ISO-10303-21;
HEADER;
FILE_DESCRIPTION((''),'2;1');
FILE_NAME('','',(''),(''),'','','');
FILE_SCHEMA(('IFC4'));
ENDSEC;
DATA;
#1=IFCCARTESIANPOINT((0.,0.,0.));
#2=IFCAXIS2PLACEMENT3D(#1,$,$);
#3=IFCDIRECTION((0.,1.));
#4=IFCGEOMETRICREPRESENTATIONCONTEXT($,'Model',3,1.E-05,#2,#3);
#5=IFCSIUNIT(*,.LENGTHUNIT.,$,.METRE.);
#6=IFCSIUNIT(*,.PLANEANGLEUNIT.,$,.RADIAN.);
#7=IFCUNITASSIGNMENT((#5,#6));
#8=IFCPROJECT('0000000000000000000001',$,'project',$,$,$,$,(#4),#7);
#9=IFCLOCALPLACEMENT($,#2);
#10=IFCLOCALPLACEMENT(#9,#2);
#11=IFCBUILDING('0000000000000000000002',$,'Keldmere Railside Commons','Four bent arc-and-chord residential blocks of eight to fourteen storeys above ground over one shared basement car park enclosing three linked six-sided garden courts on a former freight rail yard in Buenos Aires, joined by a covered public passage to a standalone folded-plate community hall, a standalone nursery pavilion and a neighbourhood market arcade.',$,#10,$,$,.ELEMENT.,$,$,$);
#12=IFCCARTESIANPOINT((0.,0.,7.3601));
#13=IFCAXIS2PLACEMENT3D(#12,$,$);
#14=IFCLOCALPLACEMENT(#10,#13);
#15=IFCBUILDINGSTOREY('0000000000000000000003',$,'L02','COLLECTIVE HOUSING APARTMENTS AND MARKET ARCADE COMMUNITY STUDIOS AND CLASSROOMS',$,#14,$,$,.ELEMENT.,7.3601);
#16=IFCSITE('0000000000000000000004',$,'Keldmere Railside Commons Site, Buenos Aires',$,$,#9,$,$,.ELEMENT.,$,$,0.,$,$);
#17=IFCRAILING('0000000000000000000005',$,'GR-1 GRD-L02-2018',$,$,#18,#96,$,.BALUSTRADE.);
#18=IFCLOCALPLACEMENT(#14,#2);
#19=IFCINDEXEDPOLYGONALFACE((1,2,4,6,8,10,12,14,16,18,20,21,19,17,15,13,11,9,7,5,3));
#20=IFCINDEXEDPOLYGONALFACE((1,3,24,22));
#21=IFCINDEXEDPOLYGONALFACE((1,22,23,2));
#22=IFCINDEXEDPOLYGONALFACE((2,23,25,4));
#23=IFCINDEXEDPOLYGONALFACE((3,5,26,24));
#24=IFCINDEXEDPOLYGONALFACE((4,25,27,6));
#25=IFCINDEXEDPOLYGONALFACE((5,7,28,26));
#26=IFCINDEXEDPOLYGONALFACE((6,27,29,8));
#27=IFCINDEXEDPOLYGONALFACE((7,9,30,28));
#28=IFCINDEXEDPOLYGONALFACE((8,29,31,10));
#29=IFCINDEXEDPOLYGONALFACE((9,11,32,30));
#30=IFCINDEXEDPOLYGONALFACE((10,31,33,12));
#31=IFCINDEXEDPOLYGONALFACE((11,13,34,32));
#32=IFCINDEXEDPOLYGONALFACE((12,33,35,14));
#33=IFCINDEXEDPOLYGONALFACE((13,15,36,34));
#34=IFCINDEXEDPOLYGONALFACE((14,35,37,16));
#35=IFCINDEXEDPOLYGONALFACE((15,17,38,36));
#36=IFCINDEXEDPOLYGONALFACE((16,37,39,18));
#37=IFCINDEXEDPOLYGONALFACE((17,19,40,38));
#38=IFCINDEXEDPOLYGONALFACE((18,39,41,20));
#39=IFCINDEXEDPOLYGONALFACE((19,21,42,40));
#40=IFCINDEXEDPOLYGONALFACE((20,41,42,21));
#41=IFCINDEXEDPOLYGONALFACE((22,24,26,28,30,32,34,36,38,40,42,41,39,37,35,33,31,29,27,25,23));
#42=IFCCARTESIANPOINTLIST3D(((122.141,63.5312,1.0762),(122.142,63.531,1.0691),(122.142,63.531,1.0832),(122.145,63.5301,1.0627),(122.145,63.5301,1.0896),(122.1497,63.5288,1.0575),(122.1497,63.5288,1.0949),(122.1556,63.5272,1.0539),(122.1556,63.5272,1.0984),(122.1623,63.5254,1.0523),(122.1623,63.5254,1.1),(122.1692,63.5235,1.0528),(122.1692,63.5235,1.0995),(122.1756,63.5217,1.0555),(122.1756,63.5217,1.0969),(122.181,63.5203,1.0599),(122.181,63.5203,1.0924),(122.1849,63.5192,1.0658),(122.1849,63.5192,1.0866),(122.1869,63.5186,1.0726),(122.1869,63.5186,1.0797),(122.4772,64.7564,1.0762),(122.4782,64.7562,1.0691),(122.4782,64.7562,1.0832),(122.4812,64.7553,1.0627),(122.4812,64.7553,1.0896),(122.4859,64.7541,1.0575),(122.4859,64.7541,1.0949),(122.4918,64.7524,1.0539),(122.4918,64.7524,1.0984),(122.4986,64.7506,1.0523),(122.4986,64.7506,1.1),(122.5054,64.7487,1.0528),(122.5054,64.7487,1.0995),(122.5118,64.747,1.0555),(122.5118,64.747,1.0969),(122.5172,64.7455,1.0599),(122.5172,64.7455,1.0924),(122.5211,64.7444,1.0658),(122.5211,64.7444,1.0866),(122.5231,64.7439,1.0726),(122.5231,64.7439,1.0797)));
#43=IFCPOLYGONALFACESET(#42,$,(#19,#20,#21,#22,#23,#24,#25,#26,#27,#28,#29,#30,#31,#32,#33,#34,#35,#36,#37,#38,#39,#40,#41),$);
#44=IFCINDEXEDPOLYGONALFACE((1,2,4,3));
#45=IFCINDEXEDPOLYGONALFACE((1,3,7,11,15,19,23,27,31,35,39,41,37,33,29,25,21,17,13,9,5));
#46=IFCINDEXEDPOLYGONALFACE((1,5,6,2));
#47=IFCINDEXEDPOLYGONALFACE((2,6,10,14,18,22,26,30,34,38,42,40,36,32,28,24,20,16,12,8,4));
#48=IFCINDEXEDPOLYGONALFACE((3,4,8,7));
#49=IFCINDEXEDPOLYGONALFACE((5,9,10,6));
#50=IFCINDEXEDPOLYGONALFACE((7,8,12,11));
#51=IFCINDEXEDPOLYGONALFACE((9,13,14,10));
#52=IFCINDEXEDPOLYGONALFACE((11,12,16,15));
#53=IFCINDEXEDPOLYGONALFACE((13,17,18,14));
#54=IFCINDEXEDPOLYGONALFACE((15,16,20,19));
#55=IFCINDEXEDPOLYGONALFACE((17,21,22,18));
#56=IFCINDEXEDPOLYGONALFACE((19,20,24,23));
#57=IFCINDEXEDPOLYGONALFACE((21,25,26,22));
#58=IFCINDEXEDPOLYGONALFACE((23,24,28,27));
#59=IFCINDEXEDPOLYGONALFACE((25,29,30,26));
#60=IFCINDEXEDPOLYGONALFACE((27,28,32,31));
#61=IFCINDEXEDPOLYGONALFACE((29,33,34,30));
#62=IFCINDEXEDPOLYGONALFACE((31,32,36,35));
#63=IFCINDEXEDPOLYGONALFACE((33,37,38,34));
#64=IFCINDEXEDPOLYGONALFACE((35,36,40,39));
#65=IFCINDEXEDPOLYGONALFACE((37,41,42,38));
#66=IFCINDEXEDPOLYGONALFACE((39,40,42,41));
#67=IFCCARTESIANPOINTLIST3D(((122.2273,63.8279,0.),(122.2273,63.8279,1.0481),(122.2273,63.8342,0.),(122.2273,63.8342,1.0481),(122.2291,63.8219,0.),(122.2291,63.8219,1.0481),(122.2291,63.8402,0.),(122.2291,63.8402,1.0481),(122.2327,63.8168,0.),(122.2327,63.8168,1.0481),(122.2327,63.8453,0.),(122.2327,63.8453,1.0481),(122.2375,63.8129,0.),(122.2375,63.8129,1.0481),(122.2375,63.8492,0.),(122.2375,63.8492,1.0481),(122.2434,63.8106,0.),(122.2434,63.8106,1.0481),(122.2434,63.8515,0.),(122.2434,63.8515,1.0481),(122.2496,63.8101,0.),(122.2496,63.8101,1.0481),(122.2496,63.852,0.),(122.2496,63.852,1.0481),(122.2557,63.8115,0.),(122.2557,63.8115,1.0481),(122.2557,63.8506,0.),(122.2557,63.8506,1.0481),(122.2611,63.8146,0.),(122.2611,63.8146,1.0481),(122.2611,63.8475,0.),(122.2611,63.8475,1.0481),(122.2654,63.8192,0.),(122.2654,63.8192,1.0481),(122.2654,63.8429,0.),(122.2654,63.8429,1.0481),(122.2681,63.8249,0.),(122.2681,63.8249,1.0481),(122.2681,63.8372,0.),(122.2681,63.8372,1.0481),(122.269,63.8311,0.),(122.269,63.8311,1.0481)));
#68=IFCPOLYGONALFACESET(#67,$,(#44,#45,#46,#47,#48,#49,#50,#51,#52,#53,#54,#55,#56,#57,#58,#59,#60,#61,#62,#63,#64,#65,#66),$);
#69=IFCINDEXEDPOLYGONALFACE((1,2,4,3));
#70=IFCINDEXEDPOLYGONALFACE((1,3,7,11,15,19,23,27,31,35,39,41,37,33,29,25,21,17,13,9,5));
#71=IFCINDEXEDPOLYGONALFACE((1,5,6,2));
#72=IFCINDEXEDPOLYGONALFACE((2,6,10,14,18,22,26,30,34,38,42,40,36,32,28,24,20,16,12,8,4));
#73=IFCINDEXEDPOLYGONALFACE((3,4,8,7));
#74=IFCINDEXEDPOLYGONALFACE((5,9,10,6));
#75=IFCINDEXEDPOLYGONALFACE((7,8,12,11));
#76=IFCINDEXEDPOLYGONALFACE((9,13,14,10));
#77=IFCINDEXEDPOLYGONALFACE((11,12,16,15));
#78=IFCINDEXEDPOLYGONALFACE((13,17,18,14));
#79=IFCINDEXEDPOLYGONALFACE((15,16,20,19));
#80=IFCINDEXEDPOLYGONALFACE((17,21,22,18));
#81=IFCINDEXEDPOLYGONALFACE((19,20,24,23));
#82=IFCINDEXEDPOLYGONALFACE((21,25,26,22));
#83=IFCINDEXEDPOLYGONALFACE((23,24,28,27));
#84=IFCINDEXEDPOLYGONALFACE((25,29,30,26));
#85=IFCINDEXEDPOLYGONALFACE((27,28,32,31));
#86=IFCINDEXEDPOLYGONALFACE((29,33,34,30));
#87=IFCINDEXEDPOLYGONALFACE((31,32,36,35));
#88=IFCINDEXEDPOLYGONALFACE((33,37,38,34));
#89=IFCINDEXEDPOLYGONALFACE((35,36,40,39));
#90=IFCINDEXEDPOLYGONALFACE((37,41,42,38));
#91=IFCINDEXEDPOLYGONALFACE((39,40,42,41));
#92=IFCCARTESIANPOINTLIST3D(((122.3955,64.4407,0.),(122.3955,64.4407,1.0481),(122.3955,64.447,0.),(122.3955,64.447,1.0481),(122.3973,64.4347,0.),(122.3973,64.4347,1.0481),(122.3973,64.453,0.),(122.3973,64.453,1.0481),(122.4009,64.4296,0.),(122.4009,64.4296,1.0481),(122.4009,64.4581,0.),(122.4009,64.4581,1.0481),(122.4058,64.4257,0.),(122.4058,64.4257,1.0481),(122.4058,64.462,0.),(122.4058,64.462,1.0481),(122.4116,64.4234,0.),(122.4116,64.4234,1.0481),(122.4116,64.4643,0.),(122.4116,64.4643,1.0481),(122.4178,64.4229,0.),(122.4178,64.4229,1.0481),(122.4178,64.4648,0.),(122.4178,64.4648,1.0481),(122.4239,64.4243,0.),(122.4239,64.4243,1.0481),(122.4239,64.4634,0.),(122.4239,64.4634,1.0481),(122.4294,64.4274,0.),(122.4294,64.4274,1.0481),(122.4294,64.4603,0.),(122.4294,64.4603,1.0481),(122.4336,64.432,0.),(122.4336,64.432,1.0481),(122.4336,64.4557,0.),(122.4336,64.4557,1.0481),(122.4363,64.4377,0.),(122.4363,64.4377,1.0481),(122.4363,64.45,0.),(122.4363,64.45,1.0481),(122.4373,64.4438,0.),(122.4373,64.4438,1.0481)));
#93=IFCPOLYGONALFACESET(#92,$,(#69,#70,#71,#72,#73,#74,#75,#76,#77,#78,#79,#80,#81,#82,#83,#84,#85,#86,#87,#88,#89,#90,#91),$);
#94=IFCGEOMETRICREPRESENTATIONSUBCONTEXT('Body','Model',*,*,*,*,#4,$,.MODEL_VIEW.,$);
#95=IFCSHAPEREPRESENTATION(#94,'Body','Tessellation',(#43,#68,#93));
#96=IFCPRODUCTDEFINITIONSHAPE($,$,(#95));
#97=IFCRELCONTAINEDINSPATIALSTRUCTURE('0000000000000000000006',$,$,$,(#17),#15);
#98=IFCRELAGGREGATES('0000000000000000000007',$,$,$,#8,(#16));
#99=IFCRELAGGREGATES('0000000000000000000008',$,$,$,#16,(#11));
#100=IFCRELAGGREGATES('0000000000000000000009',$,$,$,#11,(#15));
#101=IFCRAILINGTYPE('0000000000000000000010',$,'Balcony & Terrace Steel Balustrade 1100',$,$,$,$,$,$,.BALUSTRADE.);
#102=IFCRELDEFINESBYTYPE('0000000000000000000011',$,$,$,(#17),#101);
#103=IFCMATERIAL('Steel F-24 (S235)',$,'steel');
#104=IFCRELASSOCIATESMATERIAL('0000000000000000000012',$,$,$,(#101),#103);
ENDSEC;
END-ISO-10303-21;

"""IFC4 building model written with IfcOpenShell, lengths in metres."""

from ifc_helpers import new_model, si_unit, direction, frame, origin, origin_2d, place, context, subcontext, project, spatial, circle, extrude, material, type_object, element, save


model = new_model("IFC4")

# Units and contexts
model_context = context("Model", 3, precision=1e-05, world=origin(), true_north=direction((0.0, 1.0)))
body_context = subcontext(model_context, "Body", "Model", "MODEL_VIEW")
ifc_project = project(units=[si_unit("LENGTHUNIT", "METRE"), si_unit("PLANEANGLEUNIT", "RADIAN")], contexts=[model_context])

# Site, building, storey
site_placement = place(None, origin())
site = spatial("IfcSite", under=ifc_project, at=site_placement, Name="Keldmere Railside Commons Site, Buenos Aires", CompositionType="ELEMENT", RefElevation=0.0)
building_placement = place(site_placement, origin())
building = spatial("IfcBuilding", under=site, at=building_placement, Name="Keldmere Railside Commons", Description="Four bent arc-and-chord residential blocks of eight to fourteen storeys above ground over one shared basement car park enclosing three linked six-sided garden courts on a former freight rail yard in Buenos Aires, joined by a covered public passage to a standalone folded-plate community hall, a standalone nursery pavilion and a neighbourhood market arcade.", CompositionType="ELEMENT")
storey_placement = place(building_placement, frame((0.0, 0.0, 7.3601)))
storey = spatial("IfcBuildingStorey", under=building, at=storey_placement, Name="L02", Description="COLLECTIVE HOUSING APARTMENTS AND MARKET ARCADE COMMUNITY STUDIOS AND CLASSROOMS", CompositionType="ELEMENT", Elevation=7.3601)

# Railing
ifc_material_1 = material(Name="Steel F-24 (S235)", Category="steel")
railing_type = type_object("IfcRailingType", Name="Balcony & Terrace Steel Balustrade 1100", PredefinedType="BALUSTRADE", material=ifc_material_1)
railing_1_placement = place(storey_placement, frame((122.1641, 63.5249, 0.0)))
element("IfcRailing", 1, at=railing_1_placement, inside=storey, type_object=railing_type, Name="GR-1 GRD-L02-2018", PredefinedType="BALUSTRADE", context=body_context, shape_type="SweptSolid", body=[
    extrude(circle(Radius=0.0239, at=origin_2d()), frame((0.0, 0.0, 1.0762), z_axis=(0.264629, 0.96435, 0.0), x_axis=(-0.96435, 0.264629, 0.0)), (0.0, 0.0, 1.0), 1.2705),
    extrude(circle(Radius=0.021, at=origin_2d()), frame((0.084, 0.3062, 0.0)), (0.0, 0.0, 1.0), 1.0481),
    extrude(circle(Radius=0.021, at=origin_2d()), frame((0.2522, 0.9189, 0.0)), (0.0, 0.0, 1.0), 1.0481),
])

save(model, "model.ifc")
